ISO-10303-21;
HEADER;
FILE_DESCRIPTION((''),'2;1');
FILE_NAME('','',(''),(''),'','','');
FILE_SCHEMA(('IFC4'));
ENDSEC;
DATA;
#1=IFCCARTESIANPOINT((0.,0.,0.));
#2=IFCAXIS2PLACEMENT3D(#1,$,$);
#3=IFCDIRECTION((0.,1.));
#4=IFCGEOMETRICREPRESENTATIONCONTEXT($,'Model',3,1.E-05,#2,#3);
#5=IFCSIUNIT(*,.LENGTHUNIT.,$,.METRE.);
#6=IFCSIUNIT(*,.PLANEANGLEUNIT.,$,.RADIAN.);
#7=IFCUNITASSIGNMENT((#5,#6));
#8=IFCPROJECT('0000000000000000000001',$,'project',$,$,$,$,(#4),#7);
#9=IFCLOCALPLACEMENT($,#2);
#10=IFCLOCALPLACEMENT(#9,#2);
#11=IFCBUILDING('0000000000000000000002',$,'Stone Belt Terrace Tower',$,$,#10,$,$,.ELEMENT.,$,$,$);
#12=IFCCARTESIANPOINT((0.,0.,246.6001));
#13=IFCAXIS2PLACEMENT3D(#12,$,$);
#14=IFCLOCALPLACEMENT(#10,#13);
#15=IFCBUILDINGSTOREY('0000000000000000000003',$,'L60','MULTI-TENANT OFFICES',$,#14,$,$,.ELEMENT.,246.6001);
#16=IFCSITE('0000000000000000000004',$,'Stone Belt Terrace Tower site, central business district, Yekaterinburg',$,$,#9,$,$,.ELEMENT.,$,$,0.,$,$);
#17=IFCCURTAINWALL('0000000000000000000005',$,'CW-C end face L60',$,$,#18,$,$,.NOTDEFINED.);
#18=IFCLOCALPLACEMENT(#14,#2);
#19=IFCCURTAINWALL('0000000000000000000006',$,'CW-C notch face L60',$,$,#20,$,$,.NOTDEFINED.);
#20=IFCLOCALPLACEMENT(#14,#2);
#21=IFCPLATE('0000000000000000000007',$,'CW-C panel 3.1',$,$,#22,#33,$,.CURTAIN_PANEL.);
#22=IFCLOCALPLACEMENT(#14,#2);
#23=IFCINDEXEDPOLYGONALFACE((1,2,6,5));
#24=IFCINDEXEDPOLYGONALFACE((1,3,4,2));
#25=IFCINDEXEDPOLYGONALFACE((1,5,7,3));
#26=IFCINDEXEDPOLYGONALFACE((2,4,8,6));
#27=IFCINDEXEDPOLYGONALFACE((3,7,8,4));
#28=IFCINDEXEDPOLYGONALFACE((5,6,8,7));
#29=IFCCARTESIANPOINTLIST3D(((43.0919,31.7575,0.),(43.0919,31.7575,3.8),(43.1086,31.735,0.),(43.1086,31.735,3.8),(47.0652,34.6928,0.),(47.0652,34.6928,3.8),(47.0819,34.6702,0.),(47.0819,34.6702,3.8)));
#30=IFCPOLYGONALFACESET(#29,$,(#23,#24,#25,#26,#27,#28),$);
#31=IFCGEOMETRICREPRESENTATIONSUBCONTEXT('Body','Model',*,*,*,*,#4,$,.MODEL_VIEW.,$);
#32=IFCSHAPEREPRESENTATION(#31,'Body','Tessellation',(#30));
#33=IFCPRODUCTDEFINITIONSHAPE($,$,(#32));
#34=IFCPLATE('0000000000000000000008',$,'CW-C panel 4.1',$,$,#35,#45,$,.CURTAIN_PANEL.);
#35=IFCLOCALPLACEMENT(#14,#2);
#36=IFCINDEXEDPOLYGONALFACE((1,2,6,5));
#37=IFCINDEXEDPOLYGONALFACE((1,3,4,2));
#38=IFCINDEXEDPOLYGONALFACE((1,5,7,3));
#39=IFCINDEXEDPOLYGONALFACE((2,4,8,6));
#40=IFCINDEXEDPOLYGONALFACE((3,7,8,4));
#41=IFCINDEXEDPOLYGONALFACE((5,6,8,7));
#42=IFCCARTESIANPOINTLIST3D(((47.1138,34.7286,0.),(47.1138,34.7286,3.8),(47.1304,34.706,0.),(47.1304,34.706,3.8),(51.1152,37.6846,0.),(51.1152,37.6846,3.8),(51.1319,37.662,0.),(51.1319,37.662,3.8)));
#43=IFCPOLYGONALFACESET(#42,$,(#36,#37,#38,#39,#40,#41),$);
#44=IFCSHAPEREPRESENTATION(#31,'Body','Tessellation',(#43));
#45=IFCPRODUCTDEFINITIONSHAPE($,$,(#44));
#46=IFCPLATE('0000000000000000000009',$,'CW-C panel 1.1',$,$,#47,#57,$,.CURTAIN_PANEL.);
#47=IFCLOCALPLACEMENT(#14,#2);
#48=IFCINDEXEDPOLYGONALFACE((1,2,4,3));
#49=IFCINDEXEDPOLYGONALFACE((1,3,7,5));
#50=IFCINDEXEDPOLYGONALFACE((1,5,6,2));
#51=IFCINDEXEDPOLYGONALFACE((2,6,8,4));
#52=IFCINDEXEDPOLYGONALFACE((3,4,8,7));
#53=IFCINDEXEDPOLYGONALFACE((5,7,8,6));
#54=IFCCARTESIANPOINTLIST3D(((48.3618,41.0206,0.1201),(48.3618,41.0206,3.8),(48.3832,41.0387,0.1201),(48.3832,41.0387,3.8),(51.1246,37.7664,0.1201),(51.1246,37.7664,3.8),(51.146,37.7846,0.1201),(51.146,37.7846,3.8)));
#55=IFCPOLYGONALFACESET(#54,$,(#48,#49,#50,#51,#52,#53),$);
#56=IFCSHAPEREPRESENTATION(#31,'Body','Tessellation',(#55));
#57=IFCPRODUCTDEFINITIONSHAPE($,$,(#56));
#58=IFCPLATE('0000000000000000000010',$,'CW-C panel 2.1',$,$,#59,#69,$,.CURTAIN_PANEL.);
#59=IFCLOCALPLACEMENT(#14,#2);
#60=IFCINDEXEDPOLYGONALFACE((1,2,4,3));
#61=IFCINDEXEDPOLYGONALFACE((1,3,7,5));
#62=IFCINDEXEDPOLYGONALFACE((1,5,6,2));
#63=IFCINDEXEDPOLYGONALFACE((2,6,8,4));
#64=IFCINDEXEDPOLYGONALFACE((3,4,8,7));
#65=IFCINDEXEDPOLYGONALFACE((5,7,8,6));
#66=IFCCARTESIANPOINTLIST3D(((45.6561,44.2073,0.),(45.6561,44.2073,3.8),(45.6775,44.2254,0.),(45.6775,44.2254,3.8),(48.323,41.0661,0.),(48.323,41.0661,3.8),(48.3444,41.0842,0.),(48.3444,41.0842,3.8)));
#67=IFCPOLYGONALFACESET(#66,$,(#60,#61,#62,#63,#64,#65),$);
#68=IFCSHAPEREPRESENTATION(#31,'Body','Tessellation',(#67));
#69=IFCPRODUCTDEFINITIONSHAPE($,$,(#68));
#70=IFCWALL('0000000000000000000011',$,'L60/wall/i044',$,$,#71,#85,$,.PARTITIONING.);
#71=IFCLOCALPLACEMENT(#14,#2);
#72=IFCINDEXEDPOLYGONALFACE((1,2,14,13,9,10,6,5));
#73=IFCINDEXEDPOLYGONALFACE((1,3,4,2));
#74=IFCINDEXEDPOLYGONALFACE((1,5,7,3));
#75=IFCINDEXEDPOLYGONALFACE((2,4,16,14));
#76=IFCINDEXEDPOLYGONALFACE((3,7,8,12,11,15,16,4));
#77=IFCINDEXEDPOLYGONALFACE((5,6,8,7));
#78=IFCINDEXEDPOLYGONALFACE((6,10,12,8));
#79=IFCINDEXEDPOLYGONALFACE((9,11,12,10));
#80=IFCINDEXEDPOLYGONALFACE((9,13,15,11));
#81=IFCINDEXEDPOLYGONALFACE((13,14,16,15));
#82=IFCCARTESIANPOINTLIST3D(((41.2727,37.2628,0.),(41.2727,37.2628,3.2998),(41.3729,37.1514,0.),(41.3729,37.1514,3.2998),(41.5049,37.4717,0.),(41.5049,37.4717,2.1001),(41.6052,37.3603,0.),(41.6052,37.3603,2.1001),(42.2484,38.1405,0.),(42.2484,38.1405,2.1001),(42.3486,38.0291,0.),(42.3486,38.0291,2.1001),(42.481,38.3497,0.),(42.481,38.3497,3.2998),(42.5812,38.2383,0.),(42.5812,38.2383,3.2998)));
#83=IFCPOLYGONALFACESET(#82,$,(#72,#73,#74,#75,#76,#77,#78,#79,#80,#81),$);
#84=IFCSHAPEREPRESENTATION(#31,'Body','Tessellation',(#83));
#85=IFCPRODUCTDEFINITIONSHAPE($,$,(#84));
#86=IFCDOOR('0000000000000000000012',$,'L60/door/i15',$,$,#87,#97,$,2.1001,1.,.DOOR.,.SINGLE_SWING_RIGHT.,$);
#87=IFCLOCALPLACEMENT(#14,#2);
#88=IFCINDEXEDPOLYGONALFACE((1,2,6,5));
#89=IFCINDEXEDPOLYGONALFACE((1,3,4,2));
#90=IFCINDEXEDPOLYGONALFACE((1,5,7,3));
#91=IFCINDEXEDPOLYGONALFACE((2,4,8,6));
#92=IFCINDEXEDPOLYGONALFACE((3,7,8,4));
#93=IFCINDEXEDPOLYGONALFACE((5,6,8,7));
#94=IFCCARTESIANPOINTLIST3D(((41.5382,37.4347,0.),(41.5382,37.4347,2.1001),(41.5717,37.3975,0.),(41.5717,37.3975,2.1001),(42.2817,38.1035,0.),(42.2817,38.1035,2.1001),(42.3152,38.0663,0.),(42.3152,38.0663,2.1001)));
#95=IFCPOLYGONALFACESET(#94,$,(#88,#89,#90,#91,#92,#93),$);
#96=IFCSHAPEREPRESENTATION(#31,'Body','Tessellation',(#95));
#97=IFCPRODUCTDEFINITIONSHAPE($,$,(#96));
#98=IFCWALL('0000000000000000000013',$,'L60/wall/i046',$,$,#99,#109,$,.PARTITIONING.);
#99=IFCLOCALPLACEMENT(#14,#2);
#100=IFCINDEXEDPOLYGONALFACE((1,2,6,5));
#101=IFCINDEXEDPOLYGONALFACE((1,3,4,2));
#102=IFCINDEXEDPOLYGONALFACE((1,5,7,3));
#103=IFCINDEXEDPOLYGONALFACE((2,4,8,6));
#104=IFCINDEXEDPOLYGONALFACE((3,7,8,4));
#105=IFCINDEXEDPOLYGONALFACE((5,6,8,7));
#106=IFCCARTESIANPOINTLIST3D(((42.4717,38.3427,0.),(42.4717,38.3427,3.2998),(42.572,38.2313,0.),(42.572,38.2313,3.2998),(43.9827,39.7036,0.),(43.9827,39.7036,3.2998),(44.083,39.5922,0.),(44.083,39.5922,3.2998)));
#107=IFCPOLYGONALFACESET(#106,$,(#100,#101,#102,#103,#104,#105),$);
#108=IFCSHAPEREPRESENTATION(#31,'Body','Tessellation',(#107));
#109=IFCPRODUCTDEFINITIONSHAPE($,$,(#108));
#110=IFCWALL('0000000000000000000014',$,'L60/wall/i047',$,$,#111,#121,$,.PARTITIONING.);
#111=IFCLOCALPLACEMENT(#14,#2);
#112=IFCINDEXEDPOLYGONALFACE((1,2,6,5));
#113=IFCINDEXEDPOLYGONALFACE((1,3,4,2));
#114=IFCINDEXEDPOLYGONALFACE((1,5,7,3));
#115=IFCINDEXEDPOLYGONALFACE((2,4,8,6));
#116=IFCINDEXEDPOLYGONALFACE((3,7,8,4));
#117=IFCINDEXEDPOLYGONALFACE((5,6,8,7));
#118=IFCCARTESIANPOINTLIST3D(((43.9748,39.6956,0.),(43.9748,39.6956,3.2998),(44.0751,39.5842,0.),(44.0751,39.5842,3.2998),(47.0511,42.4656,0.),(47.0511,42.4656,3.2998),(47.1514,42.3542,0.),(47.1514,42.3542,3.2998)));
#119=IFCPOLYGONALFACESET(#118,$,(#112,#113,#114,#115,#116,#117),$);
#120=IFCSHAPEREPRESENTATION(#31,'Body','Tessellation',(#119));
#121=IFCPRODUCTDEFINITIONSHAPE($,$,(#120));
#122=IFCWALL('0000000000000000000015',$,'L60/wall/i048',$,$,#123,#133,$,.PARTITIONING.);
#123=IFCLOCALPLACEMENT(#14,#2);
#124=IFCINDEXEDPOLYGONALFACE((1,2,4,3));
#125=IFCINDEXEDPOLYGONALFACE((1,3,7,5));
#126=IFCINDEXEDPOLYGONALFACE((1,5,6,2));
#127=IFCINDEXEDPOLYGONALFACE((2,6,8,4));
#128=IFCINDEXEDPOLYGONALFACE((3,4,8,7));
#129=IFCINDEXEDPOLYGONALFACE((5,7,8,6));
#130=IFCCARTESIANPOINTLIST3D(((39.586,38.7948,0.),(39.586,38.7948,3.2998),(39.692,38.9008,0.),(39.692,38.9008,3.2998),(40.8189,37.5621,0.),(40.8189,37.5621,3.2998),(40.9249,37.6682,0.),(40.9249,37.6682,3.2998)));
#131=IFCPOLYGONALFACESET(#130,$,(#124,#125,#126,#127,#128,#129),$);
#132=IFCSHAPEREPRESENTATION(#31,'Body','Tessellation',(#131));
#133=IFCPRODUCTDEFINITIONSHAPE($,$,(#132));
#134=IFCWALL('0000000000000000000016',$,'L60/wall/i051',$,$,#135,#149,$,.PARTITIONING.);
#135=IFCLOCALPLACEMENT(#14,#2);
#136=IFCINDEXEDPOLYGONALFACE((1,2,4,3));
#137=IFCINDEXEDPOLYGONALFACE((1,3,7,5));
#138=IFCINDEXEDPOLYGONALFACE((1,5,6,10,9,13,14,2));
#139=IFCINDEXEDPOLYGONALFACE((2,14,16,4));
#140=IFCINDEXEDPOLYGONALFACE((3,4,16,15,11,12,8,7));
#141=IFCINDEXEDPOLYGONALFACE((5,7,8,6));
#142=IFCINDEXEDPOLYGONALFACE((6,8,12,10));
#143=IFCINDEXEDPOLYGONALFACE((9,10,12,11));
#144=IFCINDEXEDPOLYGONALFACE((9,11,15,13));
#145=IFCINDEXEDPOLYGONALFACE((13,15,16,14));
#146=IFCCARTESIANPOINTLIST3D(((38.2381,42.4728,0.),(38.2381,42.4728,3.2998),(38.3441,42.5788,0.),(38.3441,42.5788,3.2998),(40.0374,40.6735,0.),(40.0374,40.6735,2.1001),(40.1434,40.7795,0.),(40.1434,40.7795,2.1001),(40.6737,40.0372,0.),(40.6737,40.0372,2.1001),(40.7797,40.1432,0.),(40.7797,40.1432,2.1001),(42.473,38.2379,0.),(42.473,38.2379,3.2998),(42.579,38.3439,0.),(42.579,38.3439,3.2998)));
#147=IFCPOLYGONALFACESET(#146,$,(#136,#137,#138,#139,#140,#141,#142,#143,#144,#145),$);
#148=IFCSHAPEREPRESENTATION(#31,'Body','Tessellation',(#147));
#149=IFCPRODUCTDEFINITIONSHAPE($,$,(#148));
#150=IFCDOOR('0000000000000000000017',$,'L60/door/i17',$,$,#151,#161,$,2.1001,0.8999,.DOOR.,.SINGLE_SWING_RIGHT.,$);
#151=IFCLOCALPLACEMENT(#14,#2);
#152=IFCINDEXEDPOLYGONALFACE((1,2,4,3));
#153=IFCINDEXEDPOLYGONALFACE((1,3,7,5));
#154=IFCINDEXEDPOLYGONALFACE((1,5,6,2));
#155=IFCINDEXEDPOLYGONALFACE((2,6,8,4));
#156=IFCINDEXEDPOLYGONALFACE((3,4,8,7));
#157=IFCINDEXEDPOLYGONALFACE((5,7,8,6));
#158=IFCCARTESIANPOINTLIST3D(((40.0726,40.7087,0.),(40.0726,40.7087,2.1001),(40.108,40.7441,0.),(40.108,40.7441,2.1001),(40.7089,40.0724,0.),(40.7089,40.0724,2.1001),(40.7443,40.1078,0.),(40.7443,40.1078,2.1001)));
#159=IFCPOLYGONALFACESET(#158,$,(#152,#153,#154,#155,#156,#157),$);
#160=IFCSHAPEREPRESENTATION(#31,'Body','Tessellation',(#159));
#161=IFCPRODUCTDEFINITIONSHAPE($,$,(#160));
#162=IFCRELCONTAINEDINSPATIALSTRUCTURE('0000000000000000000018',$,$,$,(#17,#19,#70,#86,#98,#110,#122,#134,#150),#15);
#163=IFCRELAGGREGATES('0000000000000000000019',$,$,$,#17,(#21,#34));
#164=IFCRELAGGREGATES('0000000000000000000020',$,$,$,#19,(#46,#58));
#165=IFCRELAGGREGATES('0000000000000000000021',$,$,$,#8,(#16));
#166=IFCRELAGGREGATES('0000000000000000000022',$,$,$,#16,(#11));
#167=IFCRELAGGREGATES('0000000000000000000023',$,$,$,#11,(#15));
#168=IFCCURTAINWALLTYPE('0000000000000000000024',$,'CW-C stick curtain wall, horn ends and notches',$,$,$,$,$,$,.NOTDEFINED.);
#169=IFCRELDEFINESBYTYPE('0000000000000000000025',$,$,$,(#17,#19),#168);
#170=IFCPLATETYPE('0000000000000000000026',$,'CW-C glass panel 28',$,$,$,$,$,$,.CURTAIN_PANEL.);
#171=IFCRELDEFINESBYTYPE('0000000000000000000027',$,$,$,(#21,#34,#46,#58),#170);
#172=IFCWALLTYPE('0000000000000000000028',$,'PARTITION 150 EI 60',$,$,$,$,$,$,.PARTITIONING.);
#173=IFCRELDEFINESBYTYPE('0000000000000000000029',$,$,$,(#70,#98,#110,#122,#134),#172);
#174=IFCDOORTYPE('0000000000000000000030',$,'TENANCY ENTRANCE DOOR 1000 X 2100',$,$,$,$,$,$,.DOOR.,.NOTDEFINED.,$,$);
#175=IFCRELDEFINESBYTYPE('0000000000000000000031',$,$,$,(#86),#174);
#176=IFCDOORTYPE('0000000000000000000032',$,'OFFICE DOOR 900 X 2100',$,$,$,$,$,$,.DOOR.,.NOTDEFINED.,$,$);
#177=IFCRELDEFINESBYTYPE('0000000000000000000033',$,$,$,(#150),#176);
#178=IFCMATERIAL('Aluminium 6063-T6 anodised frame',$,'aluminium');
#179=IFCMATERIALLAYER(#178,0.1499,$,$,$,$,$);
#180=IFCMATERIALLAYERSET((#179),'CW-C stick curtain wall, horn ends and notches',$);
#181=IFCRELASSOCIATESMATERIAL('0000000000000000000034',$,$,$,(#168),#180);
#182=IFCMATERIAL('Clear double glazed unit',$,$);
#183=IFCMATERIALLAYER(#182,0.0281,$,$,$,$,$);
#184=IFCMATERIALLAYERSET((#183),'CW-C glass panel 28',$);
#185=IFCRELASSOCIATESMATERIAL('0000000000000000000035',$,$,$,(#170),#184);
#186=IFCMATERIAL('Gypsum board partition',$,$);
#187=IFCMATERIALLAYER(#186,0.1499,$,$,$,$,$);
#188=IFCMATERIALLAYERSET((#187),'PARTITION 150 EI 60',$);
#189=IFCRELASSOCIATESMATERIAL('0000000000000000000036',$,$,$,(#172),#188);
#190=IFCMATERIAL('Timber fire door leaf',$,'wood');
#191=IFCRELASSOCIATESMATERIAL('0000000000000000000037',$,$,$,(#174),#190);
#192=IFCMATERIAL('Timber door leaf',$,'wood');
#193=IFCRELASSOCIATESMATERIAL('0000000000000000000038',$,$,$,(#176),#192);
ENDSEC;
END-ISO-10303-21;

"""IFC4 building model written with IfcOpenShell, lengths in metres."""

from ifc_helpers import new_model, si_unit, direction, frame, frame_2d, origin, origin_2d, place, context, subcontext, project, spatial, rectangle, extrude, material, layer, layer_set, type_object, element, fill, aggregate, save


model = new_model("IFC4")

# Units and contexts
model_context = context("Model", 3, precision=1e-05, world=origin(), true_north=direction((0.0, 1.0)))
body_context = subcontext(model_context, "Body", "Model", "MODEL_VIEW")
ifc_project = project(units=[si_unit("LENGTHUNIT", "METRE"), si_unit("PLANEANGLEUNIT", "RADIAN")], contexts=[model_context])

# Site, building, storey
site_placement = place(None, origin())
site = spatial("IfcSite", under=ifc_project, at=site_placement, Name="Stone Belt Terrace Tower site, central business district, Yekaterinburg", CompositionType="ELEMENT", RefElevation=0.0)
building_placement = place(site_placement, origin())
building = spatial("IfcBuilding", under=site, at=building_placement, Name="Stone Belt Terrace Tower", CompositionType="ELEMENT")
storey_placement = place(building_placement, frame((0.0, 0.0, 246.6001)))
storey = spatial("IfcBuildingStorey", under=building, at=storey_placement, Name="L60", Description="MULTI-TENANT OFFICES", CompositionType="ELEMENT", Elevation=246.6001)

# Curtain walls
ifc_material_1 = material(Name="Aluminium 6063-T6 anodised frame", Category="aluminium")
ifc_layer_1 = layer(ifc_material_1, 0.1499)
ifc_layer_set_1 = layer_set([ifc_layer_1], Name="CW-C stick curtain wall, horn ends and notches")
curtain_wall_type = type_object("IfcCurtainWallType", Name="CW-C stick curtain wall, horn ends and notches", PredefinedType="NOTDEFINED", material=ifc_layer_set_1)
curtain_wall_1_placement = place(storey_placement, origin())
curtain_wall_1 = element("IfcCurtainWall", 1, at=curtain_wall_1_placement, inside=storey, type_object=curtain_wall_type, Name="CW-C end face L60", PredefinedType="NOTDEFINED")
curtain_wall_2_placement = place(storey_placement, origin())
curtain_wall_2 = element("IfcCurtainWall", 2, at=curtain_wall_2_placement, inside=storey, type_object=curtain_wall_type, Name="CW-C notch face L60", PredefinedType="NOTDEFINED")

# Plates
ifc_material_2 = material(Name="Clear double glazed unit")
ifc_layer_2 = layer(ifc_material_2, 0.0281)
ifc_layer_set_2 = layer_set([ifc_layer_2], Name="CW-C glass panel 28")
plate_type = type_object("IfcPlateType", Name="CW-C glass panel 28", PredefinedType="CURTAIN_PANEL", material=ifc_layer_set_2)
plate_1_placement = place(storey_placement, frame((45.0869, 33.2139, 0.0), z_axis=(0.0, 0.0, 1.0), x_axis=(0.804329, 0.594184, 0.0)))
plate_1 = element("IfcPlate", 3, at=plate_1_placement, type_object=plate_type, Name="CW-C panel 3.1", PredefinedType="CURTAIN_PANEL", context=body_context, shape_type="SweptSolid", body=[
    extrude(rectangle(XDim=4.9399, YDim=0.0281, at=origin_2d()), origin(), (0.0, 0.0, 1.0), 3.8),
])
plate_2_placement = place(storey_placement, frame((49.1228, 36.1953, 0.0), z_axis=(0.0, 0.0, 1.0), x_axis=(0.804329, 0.594184, 0.0)))
plate_2 = element("IfcPlate", 4, at=plate_2_placement, type_object=plate_type, Name="CW-C panel 4.1", PredefinedType="CURTAIN_PANEL", context=body_context, shape_type="SweptSolid", body=[
    extrude(rectangle(XDim=4.9749, YDim=0.0281, at=origin_2d()), origin(), (0.0, 0.0, 1.0), 3.8),
])
aggregate(curtain_wall_1, [plate_1, plate_2])
plate_3_placement = place(storey_placement, frame((49.7539, 39.4026, 0.1201), z_axis=(0.0, 0.0, 1.0), x_axis=(-0.647211, 0.762311, 0.0)))
plate_3 = element("IfcPlate", 5, at=plate_3_placement, type_object=plate_type, Name="CW-C panel 1.1", PredefinedType="CURTAIN_PANEL", context=body_context, shape_type="SweptSolid", body=[
    extrude(rectangle(XDim=4.2688, YDim=0.0281, at=origin_2d()), origin(), (0.0, 0.0, 1.0), 3.6799),
])
plate_4_placement = place(storey_placement, frame((47.0002, 42.6458, 0.0), z_axis=(0.0, 0.0, 1.0), x_axis=(-0.647211, 0.762311, 0.0)))
plate_4 = element("IfcPlate", 6, at=plate_4_placement, type_object=plate_type, Name="CW-C panel 2.1", PredefinedType="CURTAIN_PANEL", context=body_context, shape_type="SweptSolid", body=[
    extrude(rectangle(XDim=4.1206, YDim=0.0281, at=origin_2d()), origin(), (0.0, 0.0, 1.0), 3.8),
])
aggregate(curtain_wall_2, [plate_3, plate_4])

# Wall, opening, door
ifc_material_3 = material(Name="Gypsum board partition")
ifc_layer_3 = layer(ifc_material_3, 0.1499)
ifc_layer_set_3 = layer_set([ifc_layer_3], Name="PARTITION 150 EI 60")
wall_type = type_object("IfcWallType", Name="PARTITION 150 EI 60", PredefinedType="PARTITIONING", material=ifc_layer_set_3)
wall_1_placement = place(storey_placement, frame((42.531, 38.2939, 0.0), z_axis=(0.0, 0.0, 1.0), x_axis=(-0.743451, -0.66879, 0.0)))
wall_1 = element("IfcWall", 7, at=wall_1_placement, inside=storey, type_object=wall_type, Name="L60/wall/i044", PredefinedType="PARTITIONING", context=body_context, shape_type="SweptSolid", body=[
    extrude(rectangle(XDim=1.6252, YDim=0.1499, at=frame_2d((0.8125, 0.0))), origin(), (0.0, 0.0, 1.0), 3.2998),
])
opening_1_placement = place(wall_1_placement, frame((0.3127, 0.0, 0.0)))
opening_1 = element("IfcOpeningElement", 8, at=opening_1_placement, cuts=wall_1, PredefinedType="OPENING", context=body_context, shape_type="SweptSolid", body=[
    extrude(rectangle(XDim=1.0, YDim=2.1001, at=frame_2d((0.5, 1.05))), frame((0.0, 0.085, 0.0), z_axis=(0.0, -1.0, 0.0), x_axis=(1.0, 0.0, 0.0)), (0.0, 0.0, 1.0), 0.1699),
])
ifc_material_4 = material(Name="Timber fire door leaf", Category="wood")
door_type_1 = type_object("IfcDoorType", Name="TENANCY ENTRANCE DOOR 1000 X 2100", OperationType="NOTDEFINED", PredefinedType="DOOR", material=ifc_material_4)
door_1_placement = place(opening_1_placement, origin())
door_1 = element("IfcDoor", 9, at=door_1_placement, inside=storey, type_object=door_type_1, Name="L60/door/i15", OperationType="SINGLE_SWING_RIGHT", OverallHeight=2.1001, OverallWidth=1.0, PredefinedType="DOOR", context=body_context, shape_type="SweptSolid", body=[
    extrude(rectangle(XDim=1.0, YDim=2.1001, at=frame_2d((0.5, 1.05))), frame((0.0, 0.0249, 0.0), z_axis=(0.0, -1.0, 0.0), x_axis=(1.0, 0.0, 0.0)), (0.0, 0.0, 1.0), 0.05),
])
fill(opening_1, door_1)

# Walls
wall_2_placement = place(storey_placement, frame((42.522, 38.2871, 0.0), z_axis=(0.0, 0.0, 1.0), x_axis=(0.743061, 0.669223, 0.0)))
element("IfcWall", 10, at=wall_2_placement, inside=storey, type_object=wall_type, Name="L60/wall/i046", PredefinedType="PARTITIONING", context=body_context, shape_type="SweptSolid", body=[
    extrude(rectangle(XDim=2.0334, YDim=0.1499, at=frame_2d((1.0166, 0.0))), origin(), (0.0, 0.0, 1.0), 3.2998),
])
wall_3_placement = place(storey_placement, frame((44.0249, 39.6399, 0.0), z_axis=(0.0, 0.0, 1.0), x_axis=(0.743145, 0.669131, 0.0)))
element("IfcWall", 11, at=wall_3_placement, inside=storey, type_object=wall_type, Name="L60/wall/i047", PredefinedType="PARTITIONING", context=body_context, shape_type="SweptSolid", body=[
    extrude(rectangle(XDim=4.1396, YDim=0.1499, at=frame_2d((2.0698, 0.0))), origin(), (0.0, 0.0, 1.0), 3.2998),
])
wall_4_placement = place(storey_placement, frame((40.8718, 37.6152, 0.0), z_axis=(0.0, 0.0, 1.0), x_axis=(-0.707177, 0.707037, 0.0)))
element("IfcWall", 12, at=wall_4_placement, inside=storey, type_object=wall_type, Name="L60/wall/i048", PredefinedType="PARTITIONING", context=body_context, shape_type="SweptSolid", body=[
    extrude(rectangle(XDim=1.7434, YDim=0.1499, at=frame_2d((0.8716, 0.0))), origin(), (0.0, 0.0, 1.0), 3.2998),
])

# Wall, opening, door
wall_5_placement = place(storey_placement, frame((38.291, 42.5259, 0.0), z_axis=(0.0, 0.0, 1.0), x_axis=(0.707107, -0.707107, 0.0)))
wall_5 = element("IfcWall", 13, at=wall_5_placement, inside=storey, type_object=wall_type, Name="L60/wall/i051", PredefinedType="PARTITIONING", context=body_context, shape_type="SweptSolid", body=[
    extrude(rectangle(XDim=5.989, YDim=0.1499, at=frame_2d((2.9946, 0.0))), origin(), (0.0, 0.0, 1.0), 3.2998),
])
opening_2_placement = place(wall_5_placement, frame((2.5447, 0.0, 0.0)))
opening_2 = element("IfcOpeningElement", 14, at=opening_2_placement, cuts=wall_5, PredefinedType="OPENING", context=body_context, shape_type="SweptSolid", body=[
    extrude(rectangle(XDim=0.8999, YDim=2.1001, at=frame_2d((0.45, 1.05))), frame((0.0, 0.085, 0.0), z_axis=(0.0, -1.0, 0.0), x_axis=(1.0, 0.0, 0.0)), (0.0, 0.0, 1.0), 0.1699),
])
ifc_material_5 = material(Name="Timber door leaf", Category="wood")
door_type_2 = type_object("IfcDoorType", Name="OFFICE DOOR 900 X 2100", OperationType="NOTDEFINED", PredefinedType="DOOR", material=ifc_material_5)
door_2_placement = place(opening_2_placement, origin())
door_2 = element("IfcDoor", 15, at=door_2_placement, inside=storey, type_object=door_type_2, Name="L60/door/i17", OperationType="SINGLE_SWING_RIGHT", OverallHeight=2.1001, OverallWidth=0.8999, PredefinedType="DOOR", context=body_context, shape_type="SweptSolid", body=[
    extrude(rectangle(XDim=0.8999, YDim=2.1001, at=frame_2d((0.45, 1.05))), frame((0.0, 0.0249, 0.0), z_axis=(0.0, -1.0, 0.0), x_axis=(1.0, 0.0, 0.0)), (0.0, 0.0, 1.0), 0.05),
])
fill(opening_2, door_2)

save(model, "model.ifc")
